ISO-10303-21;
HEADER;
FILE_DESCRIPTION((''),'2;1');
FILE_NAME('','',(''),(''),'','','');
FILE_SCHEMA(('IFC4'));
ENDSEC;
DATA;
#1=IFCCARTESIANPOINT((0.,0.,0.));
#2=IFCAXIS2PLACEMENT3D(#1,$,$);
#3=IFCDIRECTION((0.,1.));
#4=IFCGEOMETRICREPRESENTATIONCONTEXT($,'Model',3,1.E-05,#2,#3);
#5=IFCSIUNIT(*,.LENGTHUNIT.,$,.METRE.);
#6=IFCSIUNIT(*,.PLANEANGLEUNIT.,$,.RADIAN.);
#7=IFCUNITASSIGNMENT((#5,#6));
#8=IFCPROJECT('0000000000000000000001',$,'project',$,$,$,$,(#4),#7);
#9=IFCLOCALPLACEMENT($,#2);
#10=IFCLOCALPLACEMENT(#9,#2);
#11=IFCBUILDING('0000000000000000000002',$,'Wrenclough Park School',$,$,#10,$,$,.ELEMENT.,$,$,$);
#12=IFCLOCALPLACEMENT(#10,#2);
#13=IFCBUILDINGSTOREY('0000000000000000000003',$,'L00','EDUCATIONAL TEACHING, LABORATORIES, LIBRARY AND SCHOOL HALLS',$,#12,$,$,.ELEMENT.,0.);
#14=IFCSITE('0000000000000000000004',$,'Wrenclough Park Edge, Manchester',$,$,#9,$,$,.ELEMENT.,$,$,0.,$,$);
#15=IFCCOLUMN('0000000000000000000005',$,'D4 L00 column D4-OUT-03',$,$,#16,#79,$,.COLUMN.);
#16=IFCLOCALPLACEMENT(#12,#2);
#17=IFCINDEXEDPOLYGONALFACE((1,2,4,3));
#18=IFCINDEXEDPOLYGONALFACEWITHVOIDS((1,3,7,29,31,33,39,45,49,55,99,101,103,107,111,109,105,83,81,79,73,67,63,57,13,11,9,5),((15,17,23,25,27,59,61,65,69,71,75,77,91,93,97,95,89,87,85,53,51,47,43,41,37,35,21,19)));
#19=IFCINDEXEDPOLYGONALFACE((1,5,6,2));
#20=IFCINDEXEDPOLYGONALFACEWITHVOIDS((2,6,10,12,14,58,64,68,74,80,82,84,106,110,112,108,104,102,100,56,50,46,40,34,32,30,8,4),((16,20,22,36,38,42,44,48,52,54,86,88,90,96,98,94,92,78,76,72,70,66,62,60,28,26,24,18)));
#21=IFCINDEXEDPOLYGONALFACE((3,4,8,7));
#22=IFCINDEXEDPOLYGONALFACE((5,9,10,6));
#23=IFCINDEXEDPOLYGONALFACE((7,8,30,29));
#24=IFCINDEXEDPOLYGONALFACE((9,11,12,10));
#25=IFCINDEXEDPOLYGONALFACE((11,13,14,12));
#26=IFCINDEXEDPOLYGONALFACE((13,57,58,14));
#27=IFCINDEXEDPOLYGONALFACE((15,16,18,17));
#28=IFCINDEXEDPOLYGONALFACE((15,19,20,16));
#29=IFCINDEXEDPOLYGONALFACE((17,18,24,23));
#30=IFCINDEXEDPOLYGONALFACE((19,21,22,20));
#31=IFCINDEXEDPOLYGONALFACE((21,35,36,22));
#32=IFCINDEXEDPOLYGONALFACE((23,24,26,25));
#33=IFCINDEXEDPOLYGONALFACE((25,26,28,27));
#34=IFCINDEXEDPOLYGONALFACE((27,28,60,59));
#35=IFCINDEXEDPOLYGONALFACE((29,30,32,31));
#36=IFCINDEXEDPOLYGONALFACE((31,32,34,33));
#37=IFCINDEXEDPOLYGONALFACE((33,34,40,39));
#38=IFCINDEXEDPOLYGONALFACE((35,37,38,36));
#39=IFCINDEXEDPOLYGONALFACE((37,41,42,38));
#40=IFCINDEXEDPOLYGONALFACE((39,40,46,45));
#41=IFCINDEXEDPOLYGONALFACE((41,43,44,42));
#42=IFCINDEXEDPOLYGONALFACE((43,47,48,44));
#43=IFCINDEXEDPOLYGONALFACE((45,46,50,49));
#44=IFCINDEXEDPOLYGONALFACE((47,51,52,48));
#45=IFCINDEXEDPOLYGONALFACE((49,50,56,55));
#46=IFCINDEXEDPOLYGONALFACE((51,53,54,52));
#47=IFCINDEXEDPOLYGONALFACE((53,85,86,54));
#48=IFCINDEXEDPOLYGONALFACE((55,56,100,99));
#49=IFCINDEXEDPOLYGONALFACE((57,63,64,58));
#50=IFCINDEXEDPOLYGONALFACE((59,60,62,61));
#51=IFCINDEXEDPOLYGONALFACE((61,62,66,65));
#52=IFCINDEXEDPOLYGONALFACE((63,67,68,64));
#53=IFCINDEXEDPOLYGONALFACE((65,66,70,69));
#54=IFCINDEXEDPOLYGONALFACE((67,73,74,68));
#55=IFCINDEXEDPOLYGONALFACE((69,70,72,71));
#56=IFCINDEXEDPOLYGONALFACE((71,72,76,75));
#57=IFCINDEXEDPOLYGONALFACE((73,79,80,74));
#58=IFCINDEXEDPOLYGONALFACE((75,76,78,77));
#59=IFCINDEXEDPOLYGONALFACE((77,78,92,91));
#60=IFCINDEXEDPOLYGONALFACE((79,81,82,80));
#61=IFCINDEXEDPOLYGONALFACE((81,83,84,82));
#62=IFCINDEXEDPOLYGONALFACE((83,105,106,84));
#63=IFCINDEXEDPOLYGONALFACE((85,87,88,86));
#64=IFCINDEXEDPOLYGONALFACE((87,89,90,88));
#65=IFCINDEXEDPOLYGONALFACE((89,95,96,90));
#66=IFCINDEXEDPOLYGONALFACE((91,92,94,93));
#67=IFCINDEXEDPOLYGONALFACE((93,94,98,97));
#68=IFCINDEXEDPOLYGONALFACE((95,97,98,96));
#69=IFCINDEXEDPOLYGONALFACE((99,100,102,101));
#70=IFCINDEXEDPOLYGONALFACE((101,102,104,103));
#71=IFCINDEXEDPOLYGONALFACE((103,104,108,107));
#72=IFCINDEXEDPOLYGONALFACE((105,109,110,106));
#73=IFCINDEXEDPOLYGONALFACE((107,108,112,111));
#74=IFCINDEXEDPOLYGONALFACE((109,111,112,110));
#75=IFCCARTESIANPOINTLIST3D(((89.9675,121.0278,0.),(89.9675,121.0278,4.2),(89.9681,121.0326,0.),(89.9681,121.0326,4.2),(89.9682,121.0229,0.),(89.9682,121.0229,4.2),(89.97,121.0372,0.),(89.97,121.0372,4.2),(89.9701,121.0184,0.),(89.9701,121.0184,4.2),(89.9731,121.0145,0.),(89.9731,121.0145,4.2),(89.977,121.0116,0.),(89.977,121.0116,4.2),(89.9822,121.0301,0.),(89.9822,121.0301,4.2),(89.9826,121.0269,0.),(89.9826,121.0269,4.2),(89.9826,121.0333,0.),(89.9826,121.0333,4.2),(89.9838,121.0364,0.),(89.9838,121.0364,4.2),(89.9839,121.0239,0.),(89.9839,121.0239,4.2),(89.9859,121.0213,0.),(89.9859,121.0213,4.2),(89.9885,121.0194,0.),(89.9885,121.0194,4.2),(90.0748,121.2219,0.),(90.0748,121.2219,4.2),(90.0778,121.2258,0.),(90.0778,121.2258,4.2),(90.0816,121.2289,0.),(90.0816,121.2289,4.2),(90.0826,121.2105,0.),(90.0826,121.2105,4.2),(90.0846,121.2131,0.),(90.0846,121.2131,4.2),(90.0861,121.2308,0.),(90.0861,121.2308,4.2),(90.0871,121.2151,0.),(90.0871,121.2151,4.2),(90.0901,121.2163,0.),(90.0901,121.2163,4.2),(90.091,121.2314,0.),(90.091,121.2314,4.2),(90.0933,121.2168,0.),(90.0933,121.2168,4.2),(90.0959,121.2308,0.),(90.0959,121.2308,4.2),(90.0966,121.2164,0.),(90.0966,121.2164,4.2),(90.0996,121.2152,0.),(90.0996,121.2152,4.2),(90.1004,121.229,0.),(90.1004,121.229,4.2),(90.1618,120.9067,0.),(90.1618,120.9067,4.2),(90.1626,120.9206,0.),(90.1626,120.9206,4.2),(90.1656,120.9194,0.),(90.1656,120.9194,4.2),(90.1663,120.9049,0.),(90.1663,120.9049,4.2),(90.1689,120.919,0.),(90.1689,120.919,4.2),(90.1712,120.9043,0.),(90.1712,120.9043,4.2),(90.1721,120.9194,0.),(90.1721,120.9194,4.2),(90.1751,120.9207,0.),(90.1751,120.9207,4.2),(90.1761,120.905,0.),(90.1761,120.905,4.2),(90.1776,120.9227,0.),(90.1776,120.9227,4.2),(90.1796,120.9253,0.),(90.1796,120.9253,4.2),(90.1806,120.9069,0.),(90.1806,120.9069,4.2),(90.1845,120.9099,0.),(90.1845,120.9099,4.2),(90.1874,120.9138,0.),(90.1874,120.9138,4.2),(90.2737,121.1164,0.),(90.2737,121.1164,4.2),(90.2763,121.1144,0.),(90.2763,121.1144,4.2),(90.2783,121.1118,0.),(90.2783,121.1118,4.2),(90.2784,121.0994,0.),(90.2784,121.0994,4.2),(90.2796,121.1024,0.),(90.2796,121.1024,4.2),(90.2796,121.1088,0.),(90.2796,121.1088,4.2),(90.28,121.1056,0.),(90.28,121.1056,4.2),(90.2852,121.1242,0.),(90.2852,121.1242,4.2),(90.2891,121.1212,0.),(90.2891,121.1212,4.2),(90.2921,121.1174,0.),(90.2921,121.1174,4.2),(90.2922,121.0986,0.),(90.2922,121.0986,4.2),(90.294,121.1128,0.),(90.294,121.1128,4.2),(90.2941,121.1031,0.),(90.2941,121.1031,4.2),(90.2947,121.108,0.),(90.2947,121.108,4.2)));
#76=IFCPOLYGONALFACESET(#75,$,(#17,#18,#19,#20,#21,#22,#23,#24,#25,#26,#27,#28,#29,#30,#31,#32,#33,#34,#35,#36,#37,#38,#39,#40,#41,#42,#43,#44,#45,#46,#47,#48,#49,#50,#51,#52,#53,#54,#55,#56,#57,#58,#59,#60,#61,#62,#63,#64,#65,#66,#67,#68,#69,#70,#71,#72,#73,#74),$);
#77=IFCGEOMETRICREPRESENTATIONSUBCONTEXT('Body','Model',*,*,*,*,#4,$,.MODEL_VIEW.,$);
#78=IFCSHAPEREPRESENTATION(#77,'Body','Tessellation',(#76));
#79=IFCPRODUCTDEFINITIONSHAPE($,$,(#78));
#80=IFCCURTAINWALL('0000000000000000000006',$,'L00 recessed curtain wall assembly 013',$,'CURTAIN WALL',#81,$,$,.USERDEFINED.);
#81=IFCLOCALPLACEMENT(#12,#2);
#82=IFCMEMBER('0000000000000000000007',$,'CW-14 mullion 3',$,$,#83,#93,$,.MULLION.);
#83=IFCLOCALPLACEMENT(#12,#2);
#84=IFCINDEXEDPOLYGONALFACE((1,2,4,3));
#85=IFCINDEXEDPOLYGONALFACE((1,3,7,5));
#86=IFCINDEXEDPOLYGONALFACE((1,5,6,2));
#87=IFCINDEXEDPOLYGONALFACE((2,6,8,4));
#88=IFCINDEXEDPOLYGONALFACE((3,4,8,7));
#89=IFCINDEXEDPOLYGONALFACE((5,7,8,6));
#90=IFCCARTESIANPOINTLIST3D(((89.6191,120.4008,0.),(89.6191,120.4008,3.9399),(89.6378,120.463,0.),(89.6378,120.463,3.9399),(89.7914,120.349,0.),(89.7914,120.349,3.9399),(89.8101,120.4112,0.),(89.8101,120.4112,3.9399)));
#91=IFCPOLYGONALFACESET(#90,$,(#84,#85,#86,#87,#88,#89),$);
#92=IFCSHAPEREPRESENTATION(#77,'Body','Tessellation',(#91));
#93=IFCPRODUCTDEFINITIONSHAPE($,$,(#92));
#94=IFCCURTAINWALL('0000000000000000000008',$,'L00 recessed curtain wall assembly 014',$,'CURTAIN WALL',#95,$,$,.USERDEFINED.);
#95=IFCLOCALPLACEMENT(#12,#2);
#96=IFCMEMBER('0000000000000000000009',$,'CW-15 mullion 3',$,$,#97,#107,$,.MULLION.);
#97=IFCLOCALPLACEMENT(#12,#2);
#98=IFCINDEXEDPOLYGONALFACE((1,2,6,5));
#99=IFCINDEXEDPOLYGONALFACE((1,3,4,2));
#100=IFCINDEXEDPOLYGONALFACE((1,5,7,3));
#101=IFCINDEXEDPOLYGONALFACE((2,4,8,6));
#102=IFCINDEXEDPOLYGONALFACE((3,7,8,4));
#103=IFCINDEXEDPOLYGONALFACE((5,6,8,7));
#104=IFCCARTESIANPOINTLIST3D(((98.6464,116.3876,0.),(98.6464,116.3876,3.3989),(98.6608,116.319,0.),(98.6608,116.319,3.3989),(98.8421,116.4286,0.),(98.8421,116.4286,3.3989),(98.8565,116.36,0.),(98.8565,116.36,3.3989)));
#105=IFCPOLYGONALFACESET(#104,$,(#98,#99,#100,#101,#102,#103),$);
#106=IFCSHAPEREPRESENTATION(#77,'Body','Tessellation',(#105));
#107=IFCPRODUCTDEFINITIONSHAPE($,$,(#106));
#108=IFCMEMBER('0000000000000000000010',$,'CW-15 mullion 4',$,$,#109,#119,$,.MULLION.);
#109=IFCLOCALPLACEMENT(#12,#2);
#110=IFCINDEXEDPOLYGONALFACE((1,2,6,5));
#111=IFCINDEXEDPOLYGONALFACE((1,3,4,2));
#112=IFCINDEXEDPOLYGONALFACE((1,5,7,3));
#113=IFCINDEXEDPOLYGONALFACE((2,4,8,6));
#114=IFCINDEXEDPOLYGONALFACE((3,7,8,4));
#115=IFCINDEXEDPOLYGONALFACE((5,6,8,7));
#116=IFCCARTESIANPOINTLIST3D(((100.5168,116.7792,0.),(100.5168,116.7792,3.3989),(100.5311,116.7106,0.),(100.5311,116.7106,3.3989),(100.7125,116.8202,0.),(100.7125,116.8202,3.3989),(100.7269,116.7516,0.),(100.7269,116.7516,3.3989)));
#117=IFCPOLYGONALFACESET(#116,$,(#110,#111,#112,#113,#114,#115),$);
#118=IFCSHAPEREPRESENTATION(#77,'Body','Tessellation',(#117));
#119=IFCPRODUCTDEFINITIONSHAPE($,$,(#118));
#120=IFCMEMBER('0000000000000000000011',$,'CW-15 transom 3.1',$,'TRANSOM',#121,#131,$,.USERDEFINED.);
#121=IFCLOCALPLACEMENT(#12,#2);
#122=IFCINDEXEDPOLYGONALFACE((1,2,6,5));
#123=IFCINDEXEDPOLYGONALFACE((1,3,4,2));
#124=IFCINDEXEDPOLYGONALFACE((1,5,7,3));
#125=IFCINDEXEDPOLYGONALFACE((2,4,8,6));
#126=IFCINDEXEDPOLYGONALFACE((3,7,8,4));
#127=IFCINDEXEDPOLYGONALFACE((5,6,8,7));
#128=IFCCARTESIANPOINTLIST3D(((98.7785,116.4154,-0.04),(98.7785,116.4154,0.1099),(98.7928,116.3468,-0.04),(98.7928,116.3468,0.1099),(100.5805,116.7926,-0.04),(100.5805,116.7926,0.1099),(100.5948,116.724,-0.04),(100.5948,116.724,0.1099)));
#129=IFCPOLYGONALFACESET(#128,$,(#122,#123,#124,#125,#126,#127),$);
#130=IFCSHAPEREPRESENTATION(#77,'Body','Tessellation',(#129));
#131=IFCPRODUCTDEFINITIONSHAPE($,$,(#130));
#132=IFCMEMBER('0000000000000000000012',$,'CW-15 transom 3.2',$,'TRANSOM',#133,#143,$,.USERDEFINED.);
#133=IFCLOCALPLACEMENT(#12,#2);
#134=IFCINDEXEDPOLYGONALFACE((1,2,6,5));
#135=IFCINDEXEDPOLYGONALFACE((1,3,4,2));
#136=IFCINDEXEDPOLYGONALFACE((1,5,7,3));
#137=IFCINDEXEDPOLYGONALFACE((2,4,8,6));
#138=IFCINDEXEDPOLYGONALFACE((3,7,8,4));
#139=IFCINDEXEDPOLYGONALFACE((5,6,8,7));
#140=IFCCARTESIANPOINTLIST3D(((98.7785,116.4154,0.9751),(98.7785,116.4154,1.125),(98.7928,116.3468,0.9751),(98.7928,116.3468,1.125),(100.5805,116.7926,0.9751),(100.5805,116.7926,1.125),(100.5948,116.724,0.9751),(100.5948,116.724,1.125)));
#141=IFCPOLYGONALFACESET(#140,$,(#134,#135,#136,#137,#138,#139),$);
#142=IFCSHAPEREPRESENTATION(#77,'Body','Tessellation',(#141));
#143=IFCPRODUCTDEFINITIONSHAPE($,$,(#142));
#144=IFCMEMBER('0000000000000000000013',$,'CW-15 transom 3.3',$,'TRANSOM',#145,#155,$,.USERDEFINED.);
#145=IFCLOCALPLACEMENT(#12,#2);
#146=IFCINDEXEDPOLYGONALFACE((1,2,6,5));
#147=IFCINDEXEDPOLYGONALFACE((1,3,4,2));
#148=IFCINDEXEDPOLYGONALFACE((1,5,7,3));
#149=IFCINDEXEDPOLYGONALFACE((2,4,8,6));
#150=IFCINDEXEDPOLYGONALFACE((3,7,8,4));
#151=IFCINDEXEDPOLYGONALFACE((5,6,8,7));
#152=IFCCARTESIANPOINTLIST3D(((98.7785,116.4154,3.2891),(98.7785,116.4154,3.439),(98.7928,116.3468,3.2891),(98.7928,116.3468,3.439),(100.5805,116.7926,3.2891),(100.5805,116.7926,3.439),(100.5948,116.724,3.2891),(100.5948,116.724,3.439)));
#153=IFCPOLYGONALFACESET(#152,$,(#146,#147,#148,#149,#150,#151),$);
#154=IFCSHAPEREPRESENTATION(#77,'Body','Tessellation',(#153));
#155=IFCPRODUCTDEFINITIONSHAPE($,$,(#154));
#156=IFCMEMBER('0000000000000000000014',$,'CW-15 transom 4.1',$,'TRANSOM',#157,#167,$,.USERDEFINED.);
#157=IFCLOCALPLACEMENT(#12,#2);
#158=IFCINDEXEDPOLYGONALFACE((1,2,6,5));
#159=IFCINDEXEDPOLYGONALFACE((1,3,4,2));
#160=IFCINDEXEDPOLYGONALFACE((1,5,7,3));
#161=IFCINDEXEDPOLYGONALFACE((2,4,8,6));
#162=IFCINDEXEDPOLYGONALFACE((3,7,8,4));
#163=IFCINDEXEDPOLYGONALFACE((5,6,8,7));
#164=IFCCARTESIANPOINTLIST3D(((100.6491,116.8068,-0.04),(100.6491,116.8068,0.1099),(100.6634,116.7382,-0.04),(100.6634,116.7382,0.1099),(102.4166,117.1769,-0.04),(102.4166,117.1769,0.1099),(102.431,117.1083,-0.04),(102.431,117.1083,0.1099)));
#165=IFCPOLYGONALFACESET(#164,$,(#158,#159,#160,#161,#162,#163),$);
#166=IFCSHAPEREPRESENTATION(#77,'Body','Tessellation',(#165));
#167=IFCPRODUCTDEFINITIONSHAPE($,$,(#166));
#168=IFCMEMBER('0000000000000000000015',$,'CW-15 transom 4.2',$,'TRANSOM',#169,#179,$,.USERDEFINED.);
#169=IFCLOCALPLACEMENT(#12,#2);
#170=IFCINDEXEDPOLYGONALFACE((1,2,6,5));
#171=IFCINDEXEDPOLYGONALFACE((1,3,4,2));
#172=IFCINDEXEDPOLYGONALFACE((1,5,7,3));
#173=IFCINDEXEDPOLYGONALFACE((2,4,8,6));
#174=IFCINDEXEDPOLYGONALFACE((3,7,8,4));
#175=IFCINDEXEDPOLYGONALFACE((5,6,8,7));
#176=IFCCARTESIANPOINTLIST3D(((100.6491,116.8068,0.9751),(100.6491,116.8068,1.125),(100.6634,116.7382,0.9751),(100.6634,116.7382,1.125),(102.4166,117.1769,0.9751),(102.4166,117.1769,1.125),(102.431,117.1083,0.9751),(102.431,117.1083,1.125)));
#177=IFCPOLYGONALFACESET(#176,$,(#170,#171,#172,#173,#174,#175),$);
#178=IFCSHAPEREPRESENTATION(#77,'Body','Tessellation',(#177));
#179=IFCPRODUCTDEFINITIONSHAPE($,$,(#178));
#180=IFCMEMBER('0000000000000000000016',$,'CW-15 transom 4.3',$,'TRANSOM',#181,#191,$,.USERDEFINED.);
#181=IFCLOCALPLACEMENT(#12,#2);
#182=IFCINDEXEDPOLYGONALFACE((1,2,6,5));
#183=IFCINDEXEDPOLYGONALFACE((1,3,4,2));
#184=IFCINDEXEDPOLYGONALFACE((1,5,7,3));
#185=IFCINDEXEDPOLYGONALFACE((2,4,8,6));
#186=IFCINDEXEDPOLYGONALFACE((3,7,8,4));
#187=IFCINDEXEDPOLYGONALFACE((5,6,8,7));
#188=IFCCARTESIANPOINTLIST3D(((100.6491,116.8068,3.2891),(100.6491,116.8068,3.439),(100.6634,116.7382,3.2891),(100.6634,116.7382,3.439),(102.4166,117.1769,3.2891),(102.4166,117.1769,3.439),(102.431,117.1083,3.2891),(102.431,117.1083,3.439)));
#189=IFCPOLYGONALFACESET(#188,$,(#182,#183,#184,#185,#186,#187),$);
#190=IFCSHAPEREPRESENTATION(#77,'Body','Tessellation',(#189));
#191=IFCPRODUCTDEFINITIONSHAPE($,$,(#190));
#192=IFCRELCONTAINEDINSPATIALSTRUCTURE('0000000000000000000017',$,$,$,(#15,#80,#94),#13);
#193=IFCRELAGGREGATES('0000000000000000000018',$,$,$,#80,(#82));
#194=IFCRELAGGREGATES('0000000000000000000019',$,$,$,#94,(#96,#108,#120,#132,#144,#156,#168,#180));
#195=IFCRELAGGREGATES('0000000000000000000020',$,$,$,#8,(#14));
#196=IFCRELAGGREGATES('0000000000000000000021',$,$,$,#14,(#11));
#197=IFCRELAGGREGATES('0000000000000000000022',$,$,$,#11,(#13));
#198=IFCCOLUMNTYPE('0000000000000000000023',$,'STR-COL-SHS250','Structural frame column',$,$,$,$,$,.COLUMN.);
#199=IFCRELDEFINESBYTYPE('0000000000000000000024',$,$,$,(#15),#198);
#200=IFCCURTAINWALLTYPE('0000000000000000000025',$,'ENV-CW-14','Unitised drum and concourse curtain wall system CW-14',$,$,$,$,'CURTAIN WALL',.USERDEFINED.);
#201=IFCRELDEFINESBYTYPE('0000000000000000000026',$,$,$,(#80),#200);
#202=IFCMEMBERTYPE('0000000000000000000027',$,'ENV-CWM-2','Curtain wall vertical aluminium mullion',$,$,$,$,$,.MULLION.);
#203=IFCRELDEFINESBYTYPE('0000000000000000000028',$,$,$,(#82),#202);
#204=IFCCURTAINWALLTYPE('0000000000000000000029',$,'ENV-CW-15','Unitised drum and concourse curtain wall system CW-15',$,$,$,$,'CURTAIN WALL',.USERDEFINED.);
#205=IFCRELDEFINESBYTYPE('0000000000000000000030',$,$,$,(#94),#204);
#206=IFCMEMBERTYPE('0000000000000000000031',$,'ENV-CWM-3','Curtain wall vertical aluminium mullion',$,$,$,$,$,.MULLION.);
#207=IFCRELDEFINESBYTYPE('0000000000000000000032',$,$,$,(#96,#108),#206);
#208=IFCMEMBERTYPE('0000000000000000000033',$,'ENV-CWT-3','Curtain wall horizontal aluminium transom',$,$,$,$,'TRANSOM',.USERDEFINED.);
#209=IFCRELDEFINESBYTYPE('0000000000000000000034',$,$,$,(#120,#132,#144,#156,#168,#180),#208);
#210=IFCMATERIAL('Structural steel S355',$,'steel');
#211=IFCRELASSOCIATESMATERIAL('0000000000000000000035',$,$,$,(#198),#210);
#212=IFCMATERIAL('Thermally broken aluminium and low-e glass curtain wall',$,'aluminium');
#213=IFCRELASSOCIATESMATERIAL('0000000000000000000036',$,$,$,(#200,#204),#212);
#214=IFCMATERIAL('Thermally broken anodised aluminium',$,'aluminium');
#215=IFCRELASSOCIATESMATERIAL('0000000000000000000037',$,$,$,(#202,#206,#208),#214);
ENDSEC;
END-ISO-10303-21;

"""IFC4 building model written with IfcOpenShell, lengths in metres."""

from ifc_helpers import new_model, si_unit, direction, frame, origin, origin_2d, place, context, subcontext, project, spatial, rectangle, hollow_rectangle, extrude, material, material_profile, profile_set, type_object, element, aggregate, save


model = new_model("IFC4")

# Units and contexts
model_context = context("Model", 3, precision=1e-05, world=origin(), true_north=direction((0.0, 1.0)))
body_context = subcontext(model_context, "Body", "Model", "MODEL_VIEW")
ifc_project = project(units=[si_unit("LENGTHUNIT", "METRE"), si_unit("PLANEANGLEUNIT", "RADIAN")], contexts=[model_context])

# Site, building, storey
site_placement = place(None, origin())
site = spatial("IfcSite", under=ifc_project, at=site_placement, Name="Wrenclough Park Edge, Manchester", CompositionType="ELEMENT", RefElevation=0.0)
building_placement = place(site_placement, origin())
building = spatial("IfcBuilding", under=site, at=building_placement, Name="Wrenclough Park School", CompositionType="ELEMENT")
storey_placement = place(building_placement, origin())
storey = spatial("IfcBuildingStorey", under=building, at=storey_placement, Name="L00", Description="EDUCATIONAL TEACHING, LABORATORIES, LIBRARY AND SCHOOL HALLS", CompositionType="ELEMENT", Elevation=0.0)

# Column
ifc_material_1 = material(Name="Structural steel S355", Category="steel")
ifc_material_profile_1 = material_profile(ifc_material_1, hollow_rectangle(XDim=0.25, YDim=0.25, WallThickness=0.0125, InnerFilletRadius=0.0125, OuterFilletRadius=0.0188, at=origin_2d()), Name="SHS 250x250x12.5")
ifc_profile_set_1 = profile_set([ifc_material_profile_1], Name="Structural steel S355")
column_type = type_object("IfcColumnType", Name="STR-COL-SHS250", Description="Structural frame column", PredefinedType="COLUMN", material=ifc_profile_set_1)
for number, where, z_axis, x_axis, name in (
    (1, (90.1311, 121.0679, 0.0), (0.0, 0.0, 1.0), (-0.869753, 0.493487, 0.0), "D4 L00 column D4-OUT-03"),
):
    element("IfcColumn", number, at=place(storey_placement, frame(where, z_axis=z_axis, x_axis=x_axis)), inside=storey, type_object=column_type, Name=name, PredefinedType="COLUMN", context=body_context, shape_type="SweptSolid", body=[
        extrude(hollow_rectangle(XDim=0.25, YDim=0.25, WallThickness=0.0125, InnerFilletRadius=0.0125, OuterFilletRadius=0.0188, at=origin_2d()), origin(), (0.0, 0.0, 1.0), 4.2),
    ])

# Curtain wall, member
ifc_material_2 = material(Name="Thermally broken aluminium and low-e glass curtain wall", Category="aluminium")
curtain_wall_type_1 = type_object("IfcCurtainWallType", Name="ENV-CW-14", Description="Unitised drum and concourse curtain wall system CW-14", ElementType="CURTAIN WALL", PredefinedType="USERDEFINED", material=ifc_material_2)
curtain_wall_1_placement = place(storey_placement, origin())
curtain_wall_1 = element("IfcCurtainWall", 2, at=curtain_wall_1_placement, inside=storey, type_object=curtain_wall_type_1, Name="L00 recessed curtain wall assembly 013", ObjectType="CURTAIN WALL", PredefinedType="USERDEFINED")
ifc_material_3 = material(Name="Thermally broken anodised aluminium", Category="aluminium")
ifc_material_profile_2 = material_profile(ifc_material_3, rectangle(XDim=0.0649, YDim=0.1799, at=origin_2d()), Name="AL MULLION 65x180")
ifc_profile_set_2 = profile_set([ifc_material_profile_2], Name="Thermally broken anodised aluminium")
member_type_1 = type_object("IfcMemberType", Name="ENV-CWM-2", Description="Curtain wall vertical aluminium mullion", PredefinedType="MULLION", material=ifc_profile_set_2)
member_1_placement = place(storey_placement, frame((89.7146, 120.406, 0.0), z_axis=(0.0, 0.0, 1.0), x_axis=(0.287583, 0.957756, 0.0)))
member_1 = element("IfcMember", 3, at=member_1_placement, type_object=member_type_1, Name="CW-14 mullion 3", PredefinedType="MULLION", context=body_context, shape_type="SweptSolid", body=[
    extrude(rectangle(XDim=0.0649, YDim=0.1799, at=origin_2d()), origin(), (0.0, 0.0, 1.0), 3.9399),
])
aggregate(curtain_wall_1, [member_1])

# Curtain wall, members
curtain_wall_type_2 = type_object("IfcCurtainWallType", Name="ENV-CW-15", Description="Unitised drum and concourse curtain wall system CW-15", ElementType="CURTAIN WALL", PredefinedType="USERDEFINED", material=ifc_material_2)
curtain_wall_2_placement = place(storey_placement, origin())
curtain_wall_2 = element("IfcCurtainWall", 4, at=curtain_wall_2_placement, inside=storey, type_object=curtain_wall_type_2, Name="L00 recessed curtain wall assembly 014", ObjectType="CURTAIN WALL", PredefinedType="USERDEFINED")
ifc_material_profile_3 = material_profile(ifc_material_3, rectangle(XDim=0.0701, YDim=0.2, at=origin_2d()), Name="AL MULLION 70x200")
ifc_profile_set_3 = profile_set([ifc_material_profile_3], Name="Thermally broken anodised aluminium")
member_type_2 = type_object("IfcMemberType", Name="ENV-CWM-3", Description="Curtain wall vertical aluminium mullion", PredefinedType="MULLION", material=ifc_profile_set_3)
member_2_placement = place(storey_placement, frame((98.7515, 116.3738, 0.0), z_axis=(0.0, 0.0, 1.0), x_axis=(-0.204871, 0.978789, 0.0)))
member_2 = element("IfcMember", 5, at=member_2_placement, type_object=member_type_2, Name="CW-15 mullion 3", PredefinedType="MULLION", context=body_context, shape_type="SweptSolid", body=[
    extrude(rectangle(XDim=0.0701, YDim=0.2, at=origin_2d()), origin(), (0.0, 0.0, 1.0), 3.3989),
])
member_3_placement = place(storey_placement, frame((100.6218, 116.7654, 0.0), z_axis=(0.0, 0.0, 1.0), x_axis=(-0.204871, 0.978789, 0.0)))
member_3 = element("IfcMember", 6, at=member_3_placement, type_object=member_type_2, Name="CW-15 mullion 4", PredefinedType="MULLION", context=body_context, shape_type="SweptSolid", body=[
    extrude(rectangle(XDim=0.0701, YDim=0.2, at=origin_2d()), origin(), (0.0, 0.0, 1.0), 3.3989),
])
ifc_material_profile_4 = material_profile(ifc_material_3, rectangle(XDim=0.0701, YDim=0.1499, at=origin_2d()), Name="AL TRANSOM 70x150")
ifc_profile_set_4 = profile_set([ifc_material_profile_4], Name="Thermally broken anodised aluminium")
member_type_3 = type_object("IfcMemberType", Name="ENV-CWT-3", Description="Curtain wall horizontal aluminium transom", ElementType="TRANSOM", PredefinedType="USERDEFINED", material=ifc_profile_set_4)
member_4_placement = place(storey_placement, frame((98.7856, 116.3811, 0.0349), z_axis=(0.978787, 0.204881, 0.0), x_axis=(-0.204881, 0.978787, 0.0)))
member_4 = element("IfcMember", 7, at=member_4_placement, type_object=member_type_3, Name="CW-15 transom 3.1", ObjectType="TRANSOM", PredefinedType="USERDEFINED", context=body_context, shape_type="SweptSolid", body=[
    extrude(rectangle(XDim=0.0701, YDim=0.1499, at=origin_2d()), origin(), (0.0, 0.0, 1.0), 1.8411),
])
member_5_placement = place(storey_placement, frame((98.7856, 116.3811, 1.05), z_axis=(0.978787, 0.204881, 0.0), x_axis=(-0.204881, 0.978787, 0.0)))
member_5 = element("IfcMember", 8, at=member_5_placement, type_object=member_type_3, Name="CW-15 transom 3.2", ObjectType="TRANSOM", PredefinedType="USERDEFINED", context=body_context, shape_type="SweptSolid", body=[
    extrude(rectangle(XDim=0.0701, YDim=0.1499, at=origin_2d()), origin(), (0.0, 0.0, 1.0), 1.8411),
])
member_6_placement = place(storey_placement, frame((98.7856, 116.3811, 3.364), z_axis=(0.978787, 0.204881, 0.0), x_axis=(-0.204881, 0.978787, 0.0)))
member_6 = element("IfcMember", 9, at=member_6_placement, type_object=member_type_3, Name="CW-15 transom 3.3", ObjectType="TRANSOM", PredefinedType="USERDEFINED", context=body_context, shape_type="SweptSolid", body=[
    extrude(rectangle(XDim=0.0701, YDim=0.1499, at=origin_2d()), origin(), (0.0, 0.0, 1.0), 1.8411),
])
member_7_placement = place(storey_placement, frame((100.6562, 116.7725, 0.0349), z_axis=(0.978773, 0.204947, 0.0), x_axis=(-0.204947, 0.978773, 0.0)))
member_7 = element("IfcMember", 10, at=member_7_placement, type_object=member_type_3, Name="CW-15 transom 4.1", ObjectType="TRANSOM", PredefinedType="USERDEFINED", context=body_context, shape_type="SweptSolid", body=[
    extrude(rectangle(XDim=0.0701, YDim=0.1499, at=origin_2d()), origin(), (0.0, 0.0, 1.0), 1.8059),
])
member_8_placement = place(storey_placement, frame((100.6562, 116.7725, 1.05), z_axis=(0.978773, 0.204947, 0.0), x_axis=(-0.204947, 0.978773, 0.0)))
member_8 = element("IfcMember", 11, at=member_8_placement, type_object=member_type_3, Name="CW-15 transom 4.2", ObjectType="TRANSOM", PredefinedType="USERDEFINED", context=body_context, shape_type="SweptSolid", body=[
    extrude(rectangle(XDim=0.0701, YDim=0.1499, at=origin_2d()), origin(), (0.0, 0.0, 1.0), 1.8059),
])
member_9_placement = place(storey_placement, frame((100.6562, 116.7725, 3.364), z_axis=(0.978773, 0.204947, 0.0), x_axis=(-0.204947, 0.978773, 0.0)))
member_9 = element("IfcMember", 12, at=member_9_placement, type_object=member_type_3, Name="CW-15 transom 4.3", ObjectType="TRANSOM", PredefinedType="USERDEFINED", context=body_context, shape_type="SweptSolid", body=[
    extrude(rectangle(XDim=0.0701, YDim=0.1499, at=origin_2d()), origin(), (0.0, 0.0, 1.0), 1.8059),
])

aggregate(curtain_wall_2, [member_2, member_3, member_4, member_5, member_6, member_7, member_8, member_9])

save(model, "model.ifc")
